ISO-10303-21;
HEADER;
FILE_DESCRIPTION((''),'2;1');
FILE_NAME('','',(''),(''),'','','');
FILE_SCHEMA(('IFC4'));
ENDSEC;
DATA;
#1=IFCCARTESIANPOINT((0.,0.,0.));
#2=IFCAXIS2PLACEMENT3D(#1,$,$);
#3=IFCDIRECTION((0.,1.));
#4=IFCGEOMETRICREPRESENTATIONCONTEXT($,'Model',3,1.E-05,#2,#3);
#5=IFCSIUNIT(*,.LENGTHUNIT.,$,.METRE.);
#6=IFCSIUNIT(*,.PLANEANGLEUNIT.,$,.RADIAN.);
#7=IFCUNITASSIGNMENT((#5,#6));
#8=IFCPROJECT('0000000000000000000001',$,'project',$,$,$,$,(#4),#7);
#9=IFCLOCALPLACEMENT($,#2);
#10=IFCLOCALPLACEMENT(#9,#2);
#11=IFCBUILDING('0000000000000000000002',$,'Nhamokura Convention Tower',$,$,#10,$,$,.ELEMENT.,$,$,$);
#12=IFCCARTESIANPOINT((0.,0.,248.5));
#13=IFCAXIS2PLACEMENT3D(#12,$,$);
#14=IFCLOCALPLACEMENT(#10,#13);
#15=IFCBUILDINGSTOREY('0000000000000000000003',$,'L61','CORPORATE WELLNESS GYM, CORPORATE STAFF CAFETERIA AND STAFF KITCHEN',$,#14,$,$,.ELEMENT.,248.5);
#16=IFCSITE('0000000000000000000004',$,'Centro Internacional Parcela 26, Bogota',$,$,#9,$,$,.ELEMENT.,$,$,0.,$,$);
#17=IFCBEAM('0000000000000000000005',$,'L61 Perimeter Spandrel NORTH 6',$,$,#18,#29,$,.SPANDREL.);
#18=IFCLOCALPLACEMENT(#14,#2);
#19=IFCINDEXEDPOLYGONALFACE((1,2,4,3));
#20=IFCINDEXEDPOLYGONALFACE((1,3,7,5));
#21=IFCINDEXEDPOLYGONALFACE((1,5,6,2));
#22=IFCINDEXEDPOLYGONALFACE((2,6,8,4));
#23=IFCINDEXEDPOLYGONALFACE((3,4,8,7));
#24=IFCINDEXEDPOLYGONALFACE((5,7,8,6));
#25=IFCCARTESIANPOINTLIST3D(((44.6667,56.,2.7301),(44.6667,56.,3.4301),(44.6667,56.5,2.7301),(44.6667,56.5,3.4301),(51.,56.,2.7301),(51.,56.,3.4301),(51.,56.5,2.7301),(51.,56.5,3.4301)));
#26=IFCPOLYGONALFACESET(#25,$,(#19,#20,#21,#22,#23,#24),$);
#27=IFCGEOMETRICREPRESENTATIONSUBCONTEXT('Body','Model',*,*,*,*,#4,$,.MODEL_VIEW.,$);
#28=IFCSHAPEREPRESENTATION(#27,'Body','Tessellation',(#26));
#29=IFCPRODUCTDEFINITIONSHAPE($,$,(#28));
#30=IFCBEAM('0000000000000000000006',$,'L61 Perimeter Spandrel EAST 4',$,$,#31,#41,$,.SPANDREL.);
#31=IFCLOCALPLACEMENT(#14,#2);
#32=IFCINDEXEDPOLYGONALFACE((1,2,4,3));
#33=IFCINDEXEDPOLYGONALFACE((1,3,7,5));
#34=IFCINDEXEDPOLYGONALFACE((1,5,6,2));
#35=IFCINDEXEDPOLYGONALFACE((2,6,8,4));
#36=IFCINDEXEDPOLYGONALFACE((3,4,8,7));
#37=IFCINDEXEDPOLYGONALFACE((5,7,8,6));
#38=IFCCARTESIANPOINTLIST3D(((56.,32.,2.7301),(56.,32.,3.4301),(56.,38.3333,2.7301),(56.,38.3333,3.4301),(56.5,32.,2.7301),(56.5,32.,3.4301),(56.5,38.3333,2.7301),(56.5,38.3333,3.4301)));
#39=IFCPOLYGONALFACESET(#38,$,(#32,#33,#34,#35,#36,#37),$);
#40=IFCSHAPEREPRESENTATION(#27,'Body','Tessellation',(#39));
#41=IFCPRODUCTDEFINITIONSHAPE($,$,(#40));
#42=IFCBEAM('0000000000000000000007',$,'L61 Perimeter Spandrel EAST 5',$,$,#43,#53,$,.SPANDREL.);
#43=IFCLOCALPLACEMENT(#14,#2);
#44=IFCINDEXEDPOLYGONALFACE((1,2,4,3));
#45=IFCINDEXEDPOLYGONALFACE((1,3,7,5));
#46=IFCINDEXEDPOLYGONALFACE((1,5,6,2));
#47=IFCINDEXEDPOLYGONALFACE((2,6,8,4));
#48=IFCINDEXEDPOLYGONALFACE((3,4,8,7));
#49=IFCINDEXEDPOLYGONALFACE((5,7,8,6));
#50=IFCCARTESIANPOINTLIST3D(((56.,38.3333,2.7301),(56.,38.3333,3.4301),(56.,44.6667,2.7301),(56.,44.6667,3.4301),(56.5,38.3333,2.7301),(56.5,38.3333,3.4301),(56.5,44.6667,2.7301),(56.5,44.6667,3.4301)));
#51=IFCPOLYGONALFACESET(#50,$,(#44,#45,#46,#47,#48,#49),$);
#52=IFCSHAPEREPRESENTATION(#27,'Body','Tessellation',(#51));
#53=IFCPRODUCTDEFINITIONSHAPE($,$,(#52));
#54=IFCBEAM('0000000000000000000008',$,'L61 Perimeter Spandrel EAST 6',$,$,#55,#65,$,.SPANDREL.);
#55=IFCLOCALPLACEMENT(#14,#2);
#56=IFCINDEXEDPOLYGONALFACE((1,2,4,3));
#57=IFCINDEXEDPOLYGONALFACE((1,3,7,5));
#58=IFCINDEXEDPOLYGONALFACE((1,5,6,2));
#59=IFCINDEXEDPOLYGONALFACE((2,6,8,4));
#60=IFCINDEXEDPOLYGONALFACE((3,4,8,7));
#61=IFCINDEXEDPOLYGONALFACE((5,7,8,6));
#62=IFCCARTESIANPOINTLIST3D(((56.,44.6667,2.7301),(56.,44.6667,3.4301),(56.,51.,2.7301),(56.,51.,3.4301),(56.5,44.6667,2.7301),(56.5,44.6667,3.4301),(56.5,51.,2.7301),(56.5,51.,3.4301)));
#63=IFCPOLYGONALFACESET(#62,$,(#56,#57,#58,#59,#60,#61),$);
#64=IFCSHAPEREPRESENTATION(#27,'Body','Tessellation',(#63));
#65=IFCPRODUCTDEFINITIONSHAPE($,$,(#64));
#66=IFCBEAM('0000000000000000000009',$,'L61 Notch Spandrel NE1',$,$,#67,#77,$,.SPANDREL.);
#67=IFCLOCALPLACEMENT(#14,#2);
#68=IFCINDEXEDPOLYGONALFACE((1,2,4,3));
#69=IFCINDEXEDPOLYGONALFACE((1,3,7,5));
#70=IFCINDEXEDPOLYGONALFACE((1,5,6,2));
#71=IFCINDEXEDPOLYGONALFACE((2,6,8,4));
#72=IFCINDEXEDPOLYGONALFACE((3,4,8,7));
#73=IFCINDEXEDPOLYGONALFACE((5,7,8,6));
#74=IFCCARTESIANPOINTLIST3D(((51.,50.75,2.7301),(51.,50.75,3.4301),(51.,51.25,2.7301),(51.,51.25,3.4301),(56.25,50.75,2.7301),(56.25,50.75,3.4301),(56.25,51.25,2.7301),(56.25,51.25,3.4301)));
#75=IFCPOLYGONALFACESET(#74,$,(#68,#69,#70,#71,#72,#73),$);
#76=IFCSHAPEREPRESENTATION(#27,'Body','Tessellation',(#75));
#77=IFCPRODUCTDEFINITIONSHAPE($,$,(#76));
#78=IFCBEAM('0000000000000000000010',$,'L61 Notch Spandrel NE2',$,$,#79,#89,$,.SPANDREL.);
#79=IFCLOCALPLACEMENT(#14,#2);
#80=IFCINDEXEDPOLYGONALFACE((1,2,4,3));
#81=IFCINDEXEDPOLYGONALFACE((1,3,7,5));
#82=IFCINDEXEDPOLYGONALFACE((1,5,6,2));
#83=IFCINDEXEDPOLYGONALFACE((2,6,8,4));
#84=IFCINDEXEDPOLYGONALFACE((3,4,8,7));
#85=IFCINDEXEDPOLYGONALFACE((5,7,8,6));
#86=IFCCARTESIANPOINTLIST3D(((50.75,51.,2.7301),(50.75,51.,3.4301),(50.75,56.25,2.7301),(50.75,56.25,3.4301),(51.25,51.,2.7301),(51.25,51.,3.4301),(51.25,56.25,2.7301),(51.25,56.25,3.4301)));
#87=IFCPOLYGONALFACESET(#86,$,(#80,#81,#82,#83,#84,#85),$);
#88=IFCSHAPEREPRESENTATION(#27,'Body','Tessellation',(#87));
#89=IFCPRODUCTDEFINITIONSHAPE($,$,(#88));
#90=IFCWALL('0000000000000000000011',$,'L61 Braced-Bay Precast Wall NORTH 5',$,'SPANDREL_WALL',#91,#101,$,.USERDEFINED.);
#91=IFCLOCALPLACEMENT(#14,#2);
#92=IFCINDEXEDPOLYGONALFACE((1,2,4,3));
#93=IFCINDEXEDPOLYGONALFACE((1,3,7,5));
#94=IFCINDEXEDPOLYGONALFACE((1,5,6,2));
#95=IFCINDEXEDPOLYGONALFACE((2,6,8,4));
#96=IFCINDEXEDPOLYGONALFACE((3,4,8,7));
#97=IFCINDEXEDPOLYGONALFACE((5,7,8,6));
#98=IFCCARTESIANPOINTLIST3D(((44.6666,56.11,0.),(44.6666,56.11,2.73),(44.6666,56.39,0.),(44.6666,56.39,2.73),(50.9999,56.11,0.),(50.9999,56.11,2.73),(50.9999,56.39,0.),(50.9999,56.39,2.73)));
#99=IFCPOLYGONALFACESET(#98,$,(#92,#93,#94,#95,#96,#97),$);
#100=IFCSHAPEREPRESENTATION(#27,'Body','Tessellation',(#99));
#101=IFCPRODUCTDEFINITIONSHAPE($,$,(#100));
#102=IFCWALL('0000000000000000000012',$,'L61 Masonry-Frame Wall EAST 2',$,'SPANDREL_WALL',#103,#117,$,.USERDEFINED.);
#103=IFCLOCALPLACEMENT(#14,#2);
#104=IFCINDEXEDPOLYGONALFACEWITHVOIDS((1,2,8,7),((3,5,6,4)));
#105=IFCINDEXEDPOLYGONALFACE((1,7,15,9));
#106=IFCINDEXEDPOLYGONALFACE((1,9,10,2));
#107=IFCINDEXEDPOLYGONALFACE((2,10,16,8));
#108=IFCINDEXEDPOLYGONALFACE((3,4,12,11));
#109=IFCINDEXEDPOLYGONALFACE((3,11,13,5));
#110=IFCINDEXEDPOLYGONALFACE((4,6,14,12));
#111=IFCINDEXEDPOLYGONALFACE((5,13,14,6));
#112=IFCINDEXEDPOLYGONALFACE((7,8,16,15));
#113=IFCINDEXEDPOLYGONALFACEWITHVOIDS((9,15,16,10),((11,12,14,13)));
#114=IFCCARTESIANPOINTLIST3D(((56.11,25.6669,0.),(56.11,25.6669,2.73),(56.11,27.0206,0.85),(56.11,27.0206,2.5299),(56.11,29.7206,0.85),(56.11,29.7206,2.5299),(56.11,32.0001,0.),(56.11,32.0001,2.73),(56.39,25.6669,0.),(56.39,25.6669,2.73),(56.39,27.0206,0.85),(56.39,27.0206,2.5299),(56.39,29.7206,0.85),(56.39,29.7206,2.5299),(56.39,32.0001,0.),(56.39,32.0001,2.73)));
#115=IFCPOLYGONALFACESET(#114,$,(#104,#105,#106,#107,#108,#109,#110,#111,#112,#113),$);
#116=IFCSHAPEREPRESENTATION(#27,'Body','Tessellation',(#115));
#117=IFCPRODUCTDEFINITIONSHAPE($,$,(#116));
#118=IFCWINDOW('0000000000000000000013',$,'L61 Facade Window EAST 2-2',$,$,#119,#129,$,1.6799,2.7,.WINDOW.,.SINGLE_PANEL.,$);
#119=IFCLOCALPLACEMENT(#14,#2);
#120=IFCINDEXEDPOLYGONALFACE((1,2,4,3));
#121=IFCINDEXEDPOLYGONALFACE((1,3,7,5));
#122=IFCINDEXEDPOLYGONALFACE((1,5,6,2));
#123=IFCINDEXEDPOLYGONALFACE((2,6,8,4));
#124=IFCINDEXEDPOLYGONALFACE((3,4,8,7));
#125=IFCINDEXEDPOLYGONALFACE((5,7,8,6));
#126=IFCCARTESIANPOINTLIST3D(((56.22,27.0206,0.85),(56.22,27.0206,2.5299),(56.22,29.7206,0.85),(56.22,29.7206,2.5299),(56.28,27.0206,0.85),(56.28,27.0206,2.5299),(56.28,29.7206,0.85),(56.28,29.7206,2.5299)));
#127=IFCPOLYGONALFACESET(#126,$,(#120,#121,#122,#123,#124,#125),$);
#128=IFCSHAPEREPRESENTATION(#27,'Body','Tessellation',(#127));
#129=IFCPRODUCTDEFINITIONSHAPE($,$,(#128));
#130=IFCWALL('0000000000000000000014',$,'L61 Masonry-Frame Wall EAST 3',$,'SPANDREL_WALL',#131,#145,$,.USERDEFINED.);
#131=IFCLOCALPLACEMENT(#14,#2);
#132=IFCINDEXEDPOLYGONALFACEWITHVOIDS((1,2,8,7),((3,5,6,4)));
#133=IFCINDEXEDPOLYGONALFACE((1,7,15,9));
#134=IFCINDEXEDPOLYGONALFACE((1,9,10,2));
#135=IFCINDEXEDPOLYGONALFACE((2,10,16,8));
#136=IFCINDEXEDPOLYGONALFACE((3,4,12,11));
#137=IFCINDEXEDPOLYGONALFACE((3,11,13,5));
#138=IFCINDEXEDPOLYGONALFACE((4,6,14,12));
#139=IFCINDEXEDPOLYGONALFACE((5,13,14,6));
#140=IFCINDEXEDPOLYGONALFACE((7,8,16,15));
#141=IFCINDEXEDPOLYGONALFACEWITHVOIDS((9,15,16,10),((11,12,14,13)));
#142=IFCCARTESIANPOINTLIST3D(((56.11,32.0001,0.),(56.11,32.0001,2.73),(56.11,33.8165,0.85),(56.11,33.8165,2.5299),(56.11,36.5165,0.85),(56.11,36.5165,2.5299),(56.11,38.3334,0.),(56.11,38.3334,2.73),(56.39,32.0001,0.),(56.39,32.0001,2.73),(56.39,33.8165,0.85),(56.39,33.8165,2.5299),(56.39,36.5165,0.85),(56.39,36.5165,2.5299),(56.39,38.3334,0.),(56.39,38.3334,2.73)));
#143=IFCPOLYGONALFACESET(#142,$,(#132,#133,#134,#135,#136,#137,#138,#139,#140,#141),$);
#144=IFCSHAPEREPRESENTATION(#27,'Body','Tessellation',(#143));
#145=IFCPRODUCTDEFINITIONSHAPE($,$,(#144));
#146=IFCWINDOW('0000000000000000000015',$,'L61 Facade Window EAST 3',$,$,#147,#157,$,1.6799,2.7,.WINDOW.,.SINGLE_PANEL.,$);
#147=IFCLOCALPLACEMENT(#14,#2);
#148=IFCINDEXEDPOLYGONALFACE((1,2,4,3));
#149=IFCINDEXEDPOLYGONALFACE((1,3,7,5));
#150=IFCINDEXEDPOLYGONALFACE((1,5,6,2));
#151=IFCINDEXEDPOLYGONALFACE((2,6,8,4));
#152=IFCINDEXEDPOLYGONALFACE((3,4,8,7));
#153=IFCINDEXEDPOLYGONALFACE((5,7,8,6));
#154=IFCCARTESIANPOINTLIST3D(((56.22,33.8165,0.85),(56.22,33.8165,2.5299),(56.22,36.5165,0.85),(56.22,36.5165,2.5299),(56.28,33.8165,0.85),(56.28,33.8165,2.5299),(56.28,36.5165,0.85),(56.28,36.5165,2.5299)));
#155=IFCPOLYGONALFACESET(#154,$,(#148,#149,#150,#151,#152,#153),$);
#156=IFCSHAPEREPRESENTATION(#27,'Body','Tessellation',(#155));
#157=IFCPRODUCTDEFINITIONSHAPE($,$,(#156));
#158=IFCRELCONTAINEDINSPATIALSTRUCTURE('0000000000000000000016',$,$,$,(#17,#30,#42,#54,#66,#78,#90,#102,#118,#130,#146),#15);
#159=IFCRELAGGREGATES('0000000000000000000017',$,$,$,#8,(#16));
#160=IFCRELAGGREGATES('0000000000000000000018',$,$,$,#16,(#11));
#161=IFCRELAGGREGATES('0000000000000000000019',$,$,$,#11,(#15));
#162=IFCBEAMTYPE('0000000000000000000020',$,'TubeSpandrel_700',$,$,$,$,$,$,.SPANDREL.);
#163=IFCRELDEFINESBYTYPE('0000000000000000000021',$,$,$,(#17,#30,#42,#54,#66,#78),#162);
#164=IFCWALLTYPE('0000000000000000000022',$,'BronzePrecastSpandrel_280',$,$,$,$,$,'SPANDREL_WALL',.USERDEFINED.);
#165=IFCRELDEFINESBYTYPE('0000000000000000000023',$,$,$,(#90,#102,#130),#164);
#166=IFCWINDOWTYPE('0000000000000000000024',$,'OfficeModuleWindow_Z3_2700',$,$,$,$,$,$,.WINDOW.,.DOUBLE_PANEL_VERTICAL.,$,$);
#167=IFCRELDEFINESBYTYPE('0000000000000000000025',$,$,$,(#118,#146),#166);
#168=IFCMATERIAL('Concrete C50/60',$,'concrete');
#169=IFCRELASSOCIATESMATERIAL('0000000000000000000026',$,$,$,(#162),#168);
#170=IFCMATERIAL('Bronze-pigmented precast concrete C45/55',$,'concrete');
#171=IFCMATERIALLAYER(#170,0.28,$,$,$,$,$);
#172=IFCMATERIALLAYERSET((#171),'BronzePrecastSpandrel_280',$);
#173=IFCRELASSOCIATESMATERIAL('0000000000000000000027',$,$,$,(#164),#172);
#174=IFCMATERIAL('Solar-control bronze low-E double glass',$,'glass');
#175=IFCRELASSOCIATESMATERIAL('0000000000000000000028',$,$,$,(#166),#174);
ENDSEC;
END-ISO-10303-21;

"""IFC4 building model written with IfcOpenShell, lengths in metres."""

from ifc_helpers import new_model, si_unit, direction, frame, frame_2d, origin, origin_2d, place, context, subcontext, project, spatial, rectangle, extrude, material, layer, layer_set, material_profile, profile_set, type_object, element, fill, save


model = new_model("IFC4")

# Units and contexts
model_context = context("Model", 3, precision=1e-05, world=origin(), true_north=direction((0.0, 1.0)))
body_context = subcontext(model_context, "Body", "Model", "MODEL_VIEW")
ifc_project = project(units=[si_unit("LENGTHUNIT", "METRE"), si_unit("PLANEANGLEUNIT", "RADIAN")], contexts=[model_context])

# Site, building, storey
site_placement = place(None, origin())
site = spatial("IfcSite", under=ifc_project, at=site_placement, Name="Centro Internacional Parcela 26, Bogota", CompositionType="ELEMENT", RefElevation=0.0)
building_placement = place(site_placement, origin())
building = spatial("IfcBuilding", under=site, at=building_placement, Name="Nhamokura Convention Tower", CompositionType="ELEMENT")
storey_placement = place(building_placement, frame((0.0, 0.0, 248.5)))
storey = spatial("IfcBuildingStorey", under=building, at=storey_placement, Name="L61", Description="CORPORATE WELLNESS GYM, CORPORATE STAFF CAFETERIA AND STAFF KITCHEN", CompositionType="ELEMENT", Elevation=248.5)

# Beams
ifc_material_1 = material(Name="Concrete C50/60", Category="concrete")
ifc_material_profile_1 = material_profile(ifc_material_1, rectangle(XDim=0.5, YDim=0.7, at=origin_2d()))
ifc_profile_set_1 = profile_set([ifc_material_profile_1], Name="Concrete C50/60")
beam_type_1 = type_object("IfcBeamType", Name="TubeSpandrel_700", PredefinedType="SPANDREL", material=ifc_profile_set_1)
for number, where, z_axis, x_axis, name in (
    (1, (44.6667, 56.25, 3.0801), (1.0, 0.0, 0.0), (0.0, 1.0, 0.0), "L61 Perimeter Spandrel NORTH 6"),
    (2, (56.25, 32.0, 3.0801), (0.0, 1.0, 0.0), (-1.0, 0.0, 0.0), "L61 Perimeter Spandrel EAST 4"),
):
    element("IfcBeam", number, at=place(storey_placement, frame(where, z_axis=z_axis, x_axis=x_axis)), inside=storey, type_object=beam_type_1, Name=name, PredefinedType="SPANDREL", context=body_context, shape_type="SweptSolid", body=[
        extrude(rectangle(XDim=0.5, YDim=0.7, at=origin_2d()), origin(), (0.0, 0.0, 1.0), 6.3333),
    ])
beam_1_placement = place(storey_placement, frame((56.25, 38.3333, 3.0801), z_axis=(0.0, 1.0, 0.0), x_axis=(-1.0, 0.0, 0.0)))
element("IfcBeam", 3, at=beam_1_placement, inside=storey, type_object=beam_type_1, Name="L61 Perimeter Spandrel EAST 5", PredefinedType="SPANDREL", context=body_context, shape_type="SweptSolid", body=[
    extrude(rectangle(XDim=0.5, YDim=0.7, at=origin_2d()), origin(), (0.0, 0.0, 1.0), 6.3335),
])
beam_2_placement = place(storey_placement, frame((56.25, 44.6667, 3.0801), z_axis=(0.0, 1.0, 0.0), x_axis=(-1.0, 0.0, 0.0)))
element("IfcBeam", 4, at=beam_2_placement, inside=storey, type_object=beam_type_1, Name="L61 Perimeter Spandrel EAST 6", PredefinedType="SPANDREL", context=body_context, shape_type="SweptSolid", body=[
    extrude(rectangle(XDim=0.5, YDim=0.7, at=origin_2d()), origin(), (0.0, 0.0, 1.0), 6.3333),
])
for number, where, z_axis, x_axis, name in (
    (5, (56.25, 51.0, 3.0801), (-1.0, 0.0, 0.0), (0.0, -1.0, 0.0), "L61 Notch Spandrel NE1"),
    (6, (51.0, 51.0, 3.0801), (0.0, 1.0, 0.0), (-1.0, 0.0, 0.0), "L61 Notch Spandrel NE2"),
):
    element("IfcBeam", number, at=place(storey_placement, frame(where, z_axis=z_axis, x_axis=x_axis)), inside=storey, type_object=beam_type_1, Name=name, PredefinedType="SPANDREL", context=body_context, shape_type="SweptSolid", body=[
        extrude(rectangle(XDim=0.5, YDim=0.7, at=origin_2d()), origin(), (0.0, 0.0, 1.0), 5.25),
    ])

# Wall
ifc_material_2 = material(Name="Bronze-pigmented precast concrete C45/55", Category="concrete")
ifc_layer_1 = layer(ifc_material_2, 0.28)
ifc_layer_set_1 = layer_set([ifc_layer_1], Name="BronzePrecastSpandrel_280")
wall_type_1 = type_object("IfcWallType", Name="BronzePrecastSpandrel_280", ElementType="SPANDREL_WALL", PredefinedType="USERDEFINED", material=ifc_layer_set_1)
wall_1_placement = place(storey_placement, frame((44.6667, 56.25, 0.0), z_axis=(0.0, 0.0, 1.0), x_axis=(1.0, 0.0, 0.0)))
element("IfcWall", 7, at=wall_1_placement, inside=storey, type_object=wall_type_1, Name="L61 Braced-Bay Precast Wall NORTH 5", ObjectType="SPANDREL_WALL", PredefinedType="USERDEFINED", context=body_context, shape_type="SweptSolid", body=[
    extrude(rectangle(XDim=6.3333, YDim=0.28, at=frame_2d((3.1665, 0.0))), origin(), (0.0, 0.0, 1.0), 2.73),
])

# Walls, openings, windows
wall_2_placement = place(storey_placement, frame((56.25, 32.0, 0.0), z_axis=(0.0, 0.0, 1.0), x_axis=(0.0, -1.0, 0.0)))
wall_2 = element("IfcWall", 8, at=wall_2_placement, inside=storey, type_object=wall_type_1, Name="L61 Masonry-Frame Wall EAST 2", ObjectType="SPANDREL_WALL", PredefinedType="USERDEFINED", context=body_context, shape_type="SweptSolid", body=[
    extrude(rectangle(XDim=6.3333, YDim=0.28, at=frame_2d((3.1665, 0.0))), origin(), (0.0, 0.0, 1.0), 2.73),
])
opening_1_placement = place(wall_2_placement, frame((2.2793, 0.0, 0.8501)))
opening_1 = element("IfcOpeningElement", 9, at=opening_1_placement, cuts=wall_2, PredefinedType="OPENING", context=body_context, shape_type="SweptSolid", body=[
    extrude(rectangle(XDim=2.7, YDim=1.6799, at=frame_2d((1.3501, 0.8398))), frame((0.0, 0.1499, 0.0), z_axis=(0.0, -1.0, 0.0), x_axis=(1.0, 0.0, 0.0)), (0.0, 0.0, 1.0), 0.3),
])
ifc_material_3 = material(Name="Solar-control bronze low-E double glass", Category="glass")
window_type_1 = type_object("IfcWindowType", Name="OfficeModuleWindow_Z3_2700", PartitioningType="DOUBLE_PANEL_VERTICAL", PredefinedType="WINDOW", material=ifc_material_3)
window_1_placement = place(opening_1_placement, origin())
window_1 = element("IfcWindow", 10, at=window_1_placement, inside=storey, type_object=window_type_1, Name="L61 Facade Window EAST 2-2", OverallHeight=1.6799, OverallWidth=2.7, PartitioningType="SINGLE_PANEL", PredefinedType="WINDOW", context=body_context, shape_type="SweptSolid", body=[
    extrude(rectangle(XDim=2.7, YDim=1.6799, at=frame_2d((1.3501, 0.8398))), frame((0.0, 0.03, 0.0), z_axis=(0.0, -1.0, 0.0), x_axis=(1.0, 0.0, 0.0)), (0.0, 0.0, 1.0), 0.0601),
])
fill(opening_1, window_1)
wall_3_placement = place(storey_placement, frame((56.25, 38.3333, 0.0), z_axis=(0.0, 0.0, 1.0), x_axis=(0.0, -1.0, 0.0)))
wall_3 = element("IfcWall", 11, at=wall_3_placement, inside=storey, type_object=wall_type_1, Name="L61 Masonry-Frame Wall EAST 3", ObjectType="SPANDREL_WALL", PredefinedType="USERDEFINED", context=body_context, shape_type="SweptSolid", body=[
    extrude(rectangle(XDim=6.3333, YDim=0.28, at=frame_2d((3.1665, 0.0))), origin(), (0.0, 0.0, 1.0), 2.73),
])
opening_2_placement = place(wall_3_placement, frame((1.8167, 0.0, 0.8501)))
opening_2 = element("IfcOpeningElement", 12, at=opening_2_placement, cuts=wall_3, PredefinedType="OPENING", context=body_context, shape_type="SweptSolid", body=[
    extrude(rectangle(XDim=2.7, YDim=1.6799, at=frame_2d((1.3501, 0.8398))), frame((0.0, 0.1499, 0.0), z_axis=(0.0, -1.0, 0.0), x_axis=(1.0, 0.0, 0.0)), (0.0, 0.0, 1.0), 0.3),
])
window_2_placement = place(opening_2_placement, origin())
window_2 = element("IfcWindow", 13, at=window_2_placement, inside=storey, type_object=window_type_1, Name="L61 Facade Window EAST 3", OverallHeight=1.6799, OverallWidth=2.7, PartitioningType="SINGLE_PANEL", PredefinedType="WINDOW", context=body_context, shape_type="SweptSolid", body=[
    extrude(rectangle(XDim=2.7, YDim=1.6799, at=frame_2d((1.3501, 0.8398))), frame((0.0, 0.03, 0.0), z_axis=(0.0, -1.0, 0.0), x_axis=(1.0, 0.0, 0.0)), (0.0, 0.0, 1.0), 0.0601),
])
fill(opening_2, window_2)

save(model, "model.ifc")
